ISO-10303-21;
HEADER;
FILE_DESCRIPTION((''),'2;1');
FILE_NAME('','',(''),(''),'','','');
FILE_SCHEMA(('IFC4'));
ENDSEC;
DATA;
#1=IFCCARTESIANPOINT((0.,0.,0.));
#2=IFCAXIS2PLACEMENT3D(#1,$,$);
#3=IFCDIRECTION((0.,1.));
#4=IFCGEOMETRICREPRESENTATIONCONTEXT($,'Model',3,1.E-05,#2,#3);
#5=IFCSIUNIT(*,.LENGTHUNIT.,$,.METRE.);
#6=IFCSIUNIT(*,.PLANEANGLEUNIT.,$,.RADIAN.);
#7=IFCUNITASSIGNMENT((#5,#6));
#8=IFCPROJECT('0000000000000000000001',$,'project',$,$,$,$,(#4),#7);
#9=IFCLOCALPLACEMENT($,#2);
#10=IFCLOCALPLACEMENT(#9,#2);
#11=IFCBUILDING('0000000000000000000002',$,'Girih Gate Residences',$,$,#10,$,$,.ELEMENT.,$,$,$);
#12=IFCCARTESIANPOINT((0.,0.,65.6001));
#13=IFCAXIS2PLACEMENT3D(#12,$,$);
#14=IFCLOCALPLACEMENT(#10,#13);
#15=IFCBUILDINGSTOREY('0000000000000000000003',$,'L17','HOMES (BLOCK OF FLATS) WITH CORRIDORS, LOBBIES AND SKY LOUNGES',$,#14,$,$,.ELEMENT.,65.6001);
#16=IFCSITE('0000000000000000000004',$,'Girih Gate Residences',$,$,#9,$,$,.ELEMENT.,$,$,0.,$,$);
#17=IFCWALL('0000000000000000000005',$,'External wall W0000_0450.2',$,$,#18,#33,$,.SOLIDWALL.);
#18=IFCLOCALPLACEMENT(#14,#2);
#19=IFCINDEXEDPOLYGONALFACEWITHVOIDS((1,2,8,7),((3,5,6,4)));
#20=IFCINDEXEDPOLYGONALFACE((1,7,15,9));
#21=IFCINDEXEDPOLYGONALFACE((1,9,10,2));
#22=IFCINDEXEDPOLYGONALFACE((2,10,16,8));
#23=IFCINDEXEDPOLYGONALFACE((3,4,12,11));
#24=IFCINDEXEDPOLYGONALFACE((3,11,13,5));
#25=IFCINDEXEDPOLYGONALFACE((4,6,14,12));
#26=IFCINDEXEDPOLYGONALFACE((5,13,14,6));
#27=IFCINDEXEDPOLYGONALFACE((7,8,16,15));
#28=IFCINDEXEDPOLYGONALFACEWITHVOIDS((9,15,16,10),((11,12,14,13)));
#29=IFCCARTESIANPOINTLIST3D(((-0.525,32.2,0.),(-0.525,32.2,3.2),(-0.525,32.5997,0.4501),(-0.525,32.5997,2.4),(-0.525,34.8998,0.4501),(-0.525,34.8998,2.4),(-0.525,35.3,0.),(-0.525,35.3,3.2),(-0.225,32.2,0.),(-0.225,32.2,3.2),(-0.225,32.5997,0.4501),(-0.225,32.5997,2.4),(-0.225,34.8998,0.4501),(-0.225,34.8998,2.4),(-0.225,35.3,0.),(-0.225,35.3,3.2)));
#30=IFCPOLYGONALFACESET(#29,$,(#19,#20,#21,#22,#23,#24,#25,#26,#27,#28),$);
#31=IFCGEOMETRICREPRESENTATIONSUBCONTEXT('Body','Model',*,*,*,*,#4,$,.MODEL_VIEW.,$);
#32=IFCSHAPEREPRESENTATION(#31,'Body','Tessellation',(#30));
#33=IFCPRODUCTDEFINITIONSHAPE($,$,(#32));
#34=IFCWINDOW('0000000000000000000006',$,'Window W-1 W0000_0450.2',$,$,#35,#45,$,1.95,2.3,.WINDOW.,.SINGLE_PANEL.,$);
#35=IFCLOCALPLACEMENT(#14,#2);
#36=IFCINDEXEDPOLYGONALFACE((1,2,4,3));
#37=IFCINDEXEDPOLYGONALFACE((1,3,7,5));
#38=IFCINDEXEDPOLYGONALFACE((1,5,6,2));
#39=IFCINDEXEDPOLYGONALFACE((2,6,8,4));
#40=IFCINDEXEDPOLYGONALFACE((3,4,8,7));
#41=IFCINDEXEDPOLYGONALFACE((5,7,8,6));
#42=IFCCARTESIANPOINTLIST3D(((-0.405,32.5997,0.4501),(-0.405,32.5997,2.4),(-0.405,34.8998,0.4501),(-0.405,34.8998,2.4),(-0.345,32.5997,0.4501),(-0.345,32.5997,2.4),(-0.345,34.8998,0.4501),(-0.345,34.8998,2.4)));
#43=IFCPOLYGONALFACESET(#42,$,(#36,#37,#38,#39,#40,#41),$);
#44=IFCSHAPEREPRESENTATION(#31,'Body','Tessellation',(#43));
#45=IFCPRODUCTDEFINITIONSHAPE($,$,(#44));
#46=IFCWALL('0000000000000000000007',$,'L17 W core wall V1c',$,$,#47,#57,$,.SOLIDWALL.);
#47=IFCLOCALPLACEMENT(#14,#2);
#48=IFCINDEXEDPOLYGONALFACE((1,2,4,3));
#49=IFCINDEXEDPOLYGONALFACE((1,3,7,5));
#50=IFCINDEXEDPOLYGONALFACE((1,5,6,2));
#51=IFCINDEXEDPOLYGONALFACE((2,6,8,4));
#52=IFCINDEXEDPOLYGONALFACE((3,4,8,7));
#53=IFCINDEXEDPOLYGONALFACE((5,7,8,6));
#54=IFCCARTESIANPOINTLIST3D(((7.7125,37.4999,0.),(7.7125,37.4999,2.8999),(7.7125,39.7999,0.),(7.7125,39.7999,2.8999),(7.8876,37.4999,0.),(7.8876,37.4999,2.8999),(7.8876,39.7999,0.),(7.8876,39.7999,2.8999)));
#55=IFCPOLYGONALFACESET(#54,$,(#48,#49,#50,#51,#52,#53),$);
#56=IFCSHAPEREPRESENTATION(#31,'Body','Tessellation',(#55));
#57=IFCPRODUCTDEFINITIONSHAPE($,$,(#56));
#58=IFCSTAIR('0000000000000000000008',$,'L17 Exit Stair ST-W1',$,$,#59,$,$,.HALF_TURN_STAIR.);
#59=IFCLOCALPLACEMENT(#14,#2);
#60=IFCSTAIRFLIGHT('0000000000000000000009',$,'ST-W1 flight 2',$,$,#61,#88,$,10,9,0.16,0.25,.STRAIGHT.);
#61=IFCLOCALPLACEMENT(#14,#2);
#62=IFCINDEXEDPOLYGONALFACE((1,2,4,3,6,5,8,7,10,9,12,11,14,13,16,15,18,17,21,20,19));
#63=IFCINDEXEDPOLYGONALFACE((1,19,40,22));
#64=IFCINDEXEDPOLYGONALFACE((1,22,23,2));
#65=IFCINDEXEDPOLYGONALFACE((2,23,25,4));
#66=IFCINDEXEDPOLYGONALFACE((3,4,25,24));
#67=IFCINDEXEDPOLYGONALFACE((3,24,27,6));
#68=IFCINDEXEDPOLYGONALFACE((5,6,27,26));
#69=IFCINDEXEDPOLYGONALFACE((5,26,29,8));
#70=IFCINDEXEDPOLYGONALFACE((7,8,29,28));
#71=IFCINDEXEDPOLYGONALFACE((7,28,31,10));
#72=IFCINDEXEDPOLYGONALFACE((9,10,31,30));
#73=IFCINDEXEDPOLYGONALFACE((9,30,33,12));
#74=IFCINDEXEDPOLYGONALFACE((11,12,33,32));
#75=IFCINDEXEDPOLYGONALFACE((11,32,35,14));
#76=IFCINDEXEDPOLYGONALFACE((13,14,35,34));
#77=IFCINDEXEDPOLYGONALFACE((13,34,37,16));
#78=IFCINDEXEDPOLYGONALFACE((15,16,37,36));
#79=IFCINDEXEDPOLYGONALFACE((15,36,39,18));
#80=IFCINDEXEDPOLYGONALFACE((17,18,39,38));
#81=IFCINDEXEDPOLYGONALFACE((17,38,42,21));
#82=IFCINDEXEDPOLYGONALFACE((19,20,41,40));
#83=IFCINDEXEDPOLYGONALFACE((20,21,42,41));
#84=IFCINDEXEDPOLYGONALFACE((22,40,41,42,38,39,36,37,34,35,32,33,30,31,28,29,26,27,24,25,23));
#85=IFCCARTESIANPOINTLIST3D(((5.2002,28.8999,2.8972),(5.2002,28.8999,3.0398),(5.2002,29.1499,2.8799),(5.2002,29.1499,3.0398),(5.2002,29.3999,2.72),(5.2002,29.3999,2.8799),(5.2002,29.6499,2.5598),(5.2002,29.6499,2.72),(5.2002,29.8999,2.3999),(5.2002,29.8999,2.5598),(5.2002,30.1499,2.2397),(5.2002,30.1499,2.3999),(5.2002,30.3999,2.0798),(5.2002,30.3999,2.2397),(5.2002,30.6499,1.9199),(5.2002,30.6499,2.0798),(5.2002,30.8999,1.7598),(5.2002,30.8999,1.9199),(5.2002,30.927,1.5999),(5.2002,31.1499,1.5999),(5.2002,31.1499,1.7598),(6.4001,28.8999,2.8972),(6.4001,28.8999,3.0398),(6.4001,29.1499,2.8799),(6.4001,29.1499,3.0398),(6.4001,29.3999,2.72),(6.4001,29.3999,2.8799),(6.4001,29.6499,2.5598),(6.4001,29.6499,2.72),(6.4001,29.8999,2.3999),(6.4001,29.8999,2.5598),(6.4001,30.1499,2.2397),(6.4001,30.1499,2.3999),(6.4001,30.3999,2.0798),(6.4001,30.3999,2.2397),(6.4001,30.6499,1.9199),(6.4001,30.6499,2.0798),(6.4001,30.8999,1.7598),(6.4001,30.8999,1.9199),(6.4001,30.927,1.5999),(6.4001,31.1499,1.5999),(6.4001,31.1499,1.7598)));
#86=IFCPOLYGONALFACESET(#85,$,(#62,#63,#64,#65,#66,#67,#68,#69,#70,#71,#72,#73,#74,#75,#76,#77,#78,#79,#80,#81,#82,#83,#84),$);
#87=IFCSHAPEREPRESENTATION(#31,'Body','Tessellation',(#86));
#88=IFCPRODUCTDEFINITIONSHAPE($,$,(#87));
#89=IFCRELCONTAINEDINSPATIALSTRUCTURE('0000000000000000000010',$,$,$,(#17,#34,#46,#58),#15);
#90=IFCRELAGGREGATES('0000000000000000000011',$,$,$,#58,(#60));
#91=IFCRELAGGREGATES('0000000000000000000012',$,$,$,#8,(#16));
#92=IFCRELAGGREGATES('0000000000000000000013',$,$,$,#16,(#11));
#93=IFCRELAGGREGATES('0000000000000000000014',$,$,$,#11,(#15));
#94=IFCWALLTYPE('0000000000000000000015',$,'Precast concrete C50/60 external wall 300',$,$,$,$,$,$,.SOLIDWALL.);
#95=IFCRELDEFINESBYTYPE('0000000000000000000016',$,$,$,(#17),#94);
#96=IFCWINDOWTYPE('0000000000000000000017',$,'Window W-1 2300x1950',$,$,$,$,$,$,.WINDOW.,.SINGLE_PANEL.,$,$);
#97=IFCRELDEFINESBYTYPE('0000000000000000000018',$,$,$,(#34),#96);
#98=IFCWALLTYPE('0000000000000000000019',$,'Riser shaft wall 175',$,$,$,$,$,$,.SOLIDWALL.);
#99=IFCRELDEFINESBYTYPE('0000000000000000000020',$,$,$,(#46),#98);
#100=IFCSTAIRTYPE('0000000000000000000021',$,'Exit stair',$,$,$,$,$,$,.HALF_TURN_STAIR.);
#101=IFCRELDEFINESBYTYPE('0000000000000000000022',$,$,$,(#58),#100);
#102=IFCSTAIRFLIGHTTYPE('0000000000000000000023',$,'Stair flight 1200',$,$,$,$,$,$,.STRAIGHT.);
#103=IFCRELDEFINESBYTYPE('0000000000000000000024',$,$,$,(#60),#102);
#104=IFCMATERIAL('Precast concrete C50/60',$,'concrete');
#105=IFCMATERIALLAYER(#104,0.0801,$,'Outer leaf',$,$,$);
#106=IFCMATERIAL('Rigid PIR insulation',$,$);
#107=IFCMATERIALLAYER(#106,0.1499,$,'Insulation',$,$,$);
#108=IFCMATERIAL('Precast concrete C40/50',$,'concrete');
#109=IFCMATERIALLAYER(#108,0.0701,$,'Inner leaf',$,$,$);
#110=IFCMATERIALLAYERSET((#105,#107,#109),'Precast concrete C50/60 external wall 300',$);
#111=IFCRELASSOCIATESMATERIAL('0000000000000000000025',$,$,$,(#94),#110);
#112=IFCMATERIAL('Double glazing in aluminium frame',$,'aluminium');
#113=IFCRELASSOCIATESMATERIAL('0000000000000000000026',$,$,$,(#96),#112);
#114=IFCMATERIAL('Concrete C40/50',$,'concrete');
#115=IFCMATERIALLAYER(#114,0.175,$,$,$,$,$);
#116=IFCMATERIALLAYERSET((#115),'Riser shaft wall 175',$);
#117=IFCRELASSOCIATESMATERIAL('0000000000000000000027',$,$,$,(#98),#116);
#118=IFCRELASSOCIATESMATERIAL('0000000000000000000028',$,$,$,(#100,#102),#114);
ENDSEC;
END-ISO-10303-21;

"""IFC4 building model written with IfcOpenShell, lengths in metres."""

from ifc_helpers import new_model, si_unit, direction, frame, frame_2d, origin, place, context, subcontext, project, spatial, polyline, rectangle, outline, extrude, material, layer, layer_set, type_object, element, fill, aggregate, save


model = new_model("IFC4")

# Units and contexts
model_context = context("Model", 3, precision=1e-05, world=origin(), true_north=direction((0.0, 1.0)))
body_context = subcontext(model_context, "Body", "Model", "MODEL_VIEW")
ifc_project = project(units=[si_unit("LENGTHUNIT", "METRE"), si_unit("PLANEANGLEUNIT", "RADIAN")], contexts=[model_context])

# Site, building, storey
site_placement = place(None, origin())
site = spatial("IfcSite", under=ifc_project, at=site_placement, Name="Girih Gate Residences", CompositionType="ELEMENT", RefElevation=0.0)
building_placement = place(site_placement, origin())
building = spatial("IfcBuilding", under=site, at=building_placement, Name="Girih Gate Residences", CompositionType="ELEMENT")
storey_placement = place(building_placement, frame((0.0, 0.0, 65.6001)))
storey = spatial("IfcBuildingStorey", under=building, at=storey_placement, Name="L17", Description="HOMES (BLOCK OF FLATS) WITH CORRIDORS, LOBBIES AND SKY LOUNGES", CompositionType="ELEMENT", Elevation=65.6001)

# Shared definitions
ifc_material_1 = material(Name="Concrete C40/50", Category="concrete")

# Wall, opening, window
ifc_material_2 = material(Name="Precast concrete C50/60", Category="concrete")
ifc_layer_1 = layer(ifc_material_2, 0.0801, Name="Outer leaf")
ifc_material_3 = material(Name="Rigid PIR insulation")
ifc_layer_2 = layer(ifc_material_3, 0.1499, Name="Insulation")
ifc_material_4 = material(Name="Precast concrete C40/50", Category="concrete")
ifc_layer_3 = layer(ifc_material_4, 0.0701, Name="Inner leaf")
ifc_layer_set_1 = layer_set([ifc_layer_1, ifc_layer_2, ifc_layer_3], Name="Precast concrete C50/60 external wall 300")
wall_type_1 = type_object("IfcWallType", Name="Precast concrete C50/60 external wall 300", PredefinedType="SOLIDWALL", material=ifc_layer_set_1)
ifc_material_5 = material(Name="Double glazing in aluminium frame", Category="aluminium")
window_type = type_object("IfcWindowType", Name="Window W-1 2300x1950", PartitioningType="SINGLE_PANEL", PredefinedType="WINDOW", material=ifc_material_5)
wall_1_placement = place(storey_placement, frame((-0.375, 32.2, 0.0), z_axis=(0.0, 0.0, 1.0), x_axis=(0.0, 1.0, 0.0)))
wall_1 = element("IfcWall", 1, at=wall_1_placement, inside=storey, type_object=wall_type_1, Name="External wall W0000_0450.2", PredefinedType="SOLIDWALL", context=body_context, shape_type="SweptSolid", body=[
    extrude(rectangle(XDim=3.1001, YDim=0.3, at=frame_2d((1.55, 0.0))), origin(), (0.0, 0.0, 1.0), 3.2),
])
opening_1_placement = place(wall_1_placement, frame((0.3999, 0.0, 0.45)))
opening_1 = element("IfcOpeningElement", 2, at=opening_1_placement, cuts=wall_1, PredefinedType="OPENING", context=body_context, shape_type="SweptSolid", body=[
    extrude(rectangle(XDim=2.3, YDim=1.95, at=frame_2d((1.1499, 0.9751))), frame((0.0, 0.1599, 0.0), z_axis=(0.0, -1.0, 0.0), x_axis=(1.0, 0.0, 0.0)), (0.0, 0.0, 1.0), 0.3201),
])
window_1_placement = place(opening_1_placement, origin())
window_1 = element("IfcWindow", 3, at=window_1_placement, inside=storey, type_object=window_type, Name="Window W-1 W0000_0450.2", OverallHeight=1.95, OverallWidth=2.3, PartitioningType="SINGLE_PANEL", PredefinedType="WINDOW", context=body_context, shape_type="SweptSolid", body=[
    extrude(rectangle(XDim=2.3, YDim=1.95, at=frame_2d((1.1499, 0.9751))), frame((0.0, 0.03, 0.0), z_axis=(0.0, -1.0, 0.0), x_axis=(1.0, 0.0, 0.0)), (0.0, 0.0, 1.0), 0.0601),
])
fill(opening_1, window_1)

# Wall
ifc_layer_4 = layer(ifc_material_1, 0.175)
ifc_layer_set_2 = layer_set([ifc_layer_4], Name="Riser shaft wall 175")
wall_type_2 = type_object("IfcWallType", Name="Riser shaft wall 175", PredefinedType="SOLIDWALL", material=ifc_layer_set_2)
wall_2_placement = place(storey_placement, frame((7.8, 37.5, 0.0), z_axis=(0.0, 0.0, 1.0), x_axis=(0.0, 1.0, 0.0)))
element("IfcWall", 4, at=wall_2_placement, inside=storey, type_object=wall_type_2, Name="L17 W core wall V1c", PredefinedType="SOLIDWALL", context=body_context, shape_type="SweptSolid", body=[
    extrude(rectangle(XDim=2.3, YDim=0.175, at=frame_2d((1.1499, 0.0))), origin(), (0.0, 0.0, 1.0), 2.8999),
])

# Stair, stair flight
stair_type = type_object("IfcStairType", Name="Exit stair", PredefinedType="HALF_TURN_STAIR", material=ifc_material_1)
stair_placement = place(storey_placement, origin())
stair = element("IfcStair", 5, at=stair_placement, inside=storey, type_object=stair_type, Name="L17 Exit Stair ST-W1", PredefinedType="HALF_TURN_STAIR")
stair_flight_type = type_object("IfcStairFlightType", Name="Stair flight 1200", PredefinedType="STRAIGHT", material=ifc_material_1)
stair_flight_placement = place(storey_placement, frame((5.8, 31.1499, 1.5999), z_axis=(0.0, 0.0, 1.0), x_axis=(0.0, -1.0, 0.0)))
stair_flight = element("IfcStairFlight", 6, at=stair_flight_placement, type_object=stair_flight_type, Name="ST-W1 flight 2", NumberOfRisers=10, NumberOfTreads=9, PredefinedType="STRAIGHT", RiserHeight=0.16, TreadLength=0.25, context=body_context, shape_type="SweptSolid", body=[
    extrude(outline(polyline([(0.0, 0.0), (0.0, 0.1599), (0.25, 0.1599), (0.25, 0.3201), (0.5, 0.3201), (0.5, 0.48), (0.75, 0.48), (0.75, 0.6399), (1.0, 0.6399), (1.0, 0.8), (1.25, 0.8), (1.25, 0.96), (1.5, 0.96), (1.5, 1.1201), (1.75, 1.1201), (1.75, 1.28), (2.0, 1.28), (2.0, 1.4399), (2.25, 1.4399), (2.25, 1.6001), (2.25, 1.2974), (0.2229, 0.0), (0.0, 0.0)])), frame((0.0, 0.6001, 0.0), z_axis=(0.0, -1.0, 0.0), x_axis=(1.0, 0.0, 0.0)), (0.0, 0.0, 1.0), 1.2),
])
aggregate(stair, [stair_flight])

save(model, "model.ifc")
